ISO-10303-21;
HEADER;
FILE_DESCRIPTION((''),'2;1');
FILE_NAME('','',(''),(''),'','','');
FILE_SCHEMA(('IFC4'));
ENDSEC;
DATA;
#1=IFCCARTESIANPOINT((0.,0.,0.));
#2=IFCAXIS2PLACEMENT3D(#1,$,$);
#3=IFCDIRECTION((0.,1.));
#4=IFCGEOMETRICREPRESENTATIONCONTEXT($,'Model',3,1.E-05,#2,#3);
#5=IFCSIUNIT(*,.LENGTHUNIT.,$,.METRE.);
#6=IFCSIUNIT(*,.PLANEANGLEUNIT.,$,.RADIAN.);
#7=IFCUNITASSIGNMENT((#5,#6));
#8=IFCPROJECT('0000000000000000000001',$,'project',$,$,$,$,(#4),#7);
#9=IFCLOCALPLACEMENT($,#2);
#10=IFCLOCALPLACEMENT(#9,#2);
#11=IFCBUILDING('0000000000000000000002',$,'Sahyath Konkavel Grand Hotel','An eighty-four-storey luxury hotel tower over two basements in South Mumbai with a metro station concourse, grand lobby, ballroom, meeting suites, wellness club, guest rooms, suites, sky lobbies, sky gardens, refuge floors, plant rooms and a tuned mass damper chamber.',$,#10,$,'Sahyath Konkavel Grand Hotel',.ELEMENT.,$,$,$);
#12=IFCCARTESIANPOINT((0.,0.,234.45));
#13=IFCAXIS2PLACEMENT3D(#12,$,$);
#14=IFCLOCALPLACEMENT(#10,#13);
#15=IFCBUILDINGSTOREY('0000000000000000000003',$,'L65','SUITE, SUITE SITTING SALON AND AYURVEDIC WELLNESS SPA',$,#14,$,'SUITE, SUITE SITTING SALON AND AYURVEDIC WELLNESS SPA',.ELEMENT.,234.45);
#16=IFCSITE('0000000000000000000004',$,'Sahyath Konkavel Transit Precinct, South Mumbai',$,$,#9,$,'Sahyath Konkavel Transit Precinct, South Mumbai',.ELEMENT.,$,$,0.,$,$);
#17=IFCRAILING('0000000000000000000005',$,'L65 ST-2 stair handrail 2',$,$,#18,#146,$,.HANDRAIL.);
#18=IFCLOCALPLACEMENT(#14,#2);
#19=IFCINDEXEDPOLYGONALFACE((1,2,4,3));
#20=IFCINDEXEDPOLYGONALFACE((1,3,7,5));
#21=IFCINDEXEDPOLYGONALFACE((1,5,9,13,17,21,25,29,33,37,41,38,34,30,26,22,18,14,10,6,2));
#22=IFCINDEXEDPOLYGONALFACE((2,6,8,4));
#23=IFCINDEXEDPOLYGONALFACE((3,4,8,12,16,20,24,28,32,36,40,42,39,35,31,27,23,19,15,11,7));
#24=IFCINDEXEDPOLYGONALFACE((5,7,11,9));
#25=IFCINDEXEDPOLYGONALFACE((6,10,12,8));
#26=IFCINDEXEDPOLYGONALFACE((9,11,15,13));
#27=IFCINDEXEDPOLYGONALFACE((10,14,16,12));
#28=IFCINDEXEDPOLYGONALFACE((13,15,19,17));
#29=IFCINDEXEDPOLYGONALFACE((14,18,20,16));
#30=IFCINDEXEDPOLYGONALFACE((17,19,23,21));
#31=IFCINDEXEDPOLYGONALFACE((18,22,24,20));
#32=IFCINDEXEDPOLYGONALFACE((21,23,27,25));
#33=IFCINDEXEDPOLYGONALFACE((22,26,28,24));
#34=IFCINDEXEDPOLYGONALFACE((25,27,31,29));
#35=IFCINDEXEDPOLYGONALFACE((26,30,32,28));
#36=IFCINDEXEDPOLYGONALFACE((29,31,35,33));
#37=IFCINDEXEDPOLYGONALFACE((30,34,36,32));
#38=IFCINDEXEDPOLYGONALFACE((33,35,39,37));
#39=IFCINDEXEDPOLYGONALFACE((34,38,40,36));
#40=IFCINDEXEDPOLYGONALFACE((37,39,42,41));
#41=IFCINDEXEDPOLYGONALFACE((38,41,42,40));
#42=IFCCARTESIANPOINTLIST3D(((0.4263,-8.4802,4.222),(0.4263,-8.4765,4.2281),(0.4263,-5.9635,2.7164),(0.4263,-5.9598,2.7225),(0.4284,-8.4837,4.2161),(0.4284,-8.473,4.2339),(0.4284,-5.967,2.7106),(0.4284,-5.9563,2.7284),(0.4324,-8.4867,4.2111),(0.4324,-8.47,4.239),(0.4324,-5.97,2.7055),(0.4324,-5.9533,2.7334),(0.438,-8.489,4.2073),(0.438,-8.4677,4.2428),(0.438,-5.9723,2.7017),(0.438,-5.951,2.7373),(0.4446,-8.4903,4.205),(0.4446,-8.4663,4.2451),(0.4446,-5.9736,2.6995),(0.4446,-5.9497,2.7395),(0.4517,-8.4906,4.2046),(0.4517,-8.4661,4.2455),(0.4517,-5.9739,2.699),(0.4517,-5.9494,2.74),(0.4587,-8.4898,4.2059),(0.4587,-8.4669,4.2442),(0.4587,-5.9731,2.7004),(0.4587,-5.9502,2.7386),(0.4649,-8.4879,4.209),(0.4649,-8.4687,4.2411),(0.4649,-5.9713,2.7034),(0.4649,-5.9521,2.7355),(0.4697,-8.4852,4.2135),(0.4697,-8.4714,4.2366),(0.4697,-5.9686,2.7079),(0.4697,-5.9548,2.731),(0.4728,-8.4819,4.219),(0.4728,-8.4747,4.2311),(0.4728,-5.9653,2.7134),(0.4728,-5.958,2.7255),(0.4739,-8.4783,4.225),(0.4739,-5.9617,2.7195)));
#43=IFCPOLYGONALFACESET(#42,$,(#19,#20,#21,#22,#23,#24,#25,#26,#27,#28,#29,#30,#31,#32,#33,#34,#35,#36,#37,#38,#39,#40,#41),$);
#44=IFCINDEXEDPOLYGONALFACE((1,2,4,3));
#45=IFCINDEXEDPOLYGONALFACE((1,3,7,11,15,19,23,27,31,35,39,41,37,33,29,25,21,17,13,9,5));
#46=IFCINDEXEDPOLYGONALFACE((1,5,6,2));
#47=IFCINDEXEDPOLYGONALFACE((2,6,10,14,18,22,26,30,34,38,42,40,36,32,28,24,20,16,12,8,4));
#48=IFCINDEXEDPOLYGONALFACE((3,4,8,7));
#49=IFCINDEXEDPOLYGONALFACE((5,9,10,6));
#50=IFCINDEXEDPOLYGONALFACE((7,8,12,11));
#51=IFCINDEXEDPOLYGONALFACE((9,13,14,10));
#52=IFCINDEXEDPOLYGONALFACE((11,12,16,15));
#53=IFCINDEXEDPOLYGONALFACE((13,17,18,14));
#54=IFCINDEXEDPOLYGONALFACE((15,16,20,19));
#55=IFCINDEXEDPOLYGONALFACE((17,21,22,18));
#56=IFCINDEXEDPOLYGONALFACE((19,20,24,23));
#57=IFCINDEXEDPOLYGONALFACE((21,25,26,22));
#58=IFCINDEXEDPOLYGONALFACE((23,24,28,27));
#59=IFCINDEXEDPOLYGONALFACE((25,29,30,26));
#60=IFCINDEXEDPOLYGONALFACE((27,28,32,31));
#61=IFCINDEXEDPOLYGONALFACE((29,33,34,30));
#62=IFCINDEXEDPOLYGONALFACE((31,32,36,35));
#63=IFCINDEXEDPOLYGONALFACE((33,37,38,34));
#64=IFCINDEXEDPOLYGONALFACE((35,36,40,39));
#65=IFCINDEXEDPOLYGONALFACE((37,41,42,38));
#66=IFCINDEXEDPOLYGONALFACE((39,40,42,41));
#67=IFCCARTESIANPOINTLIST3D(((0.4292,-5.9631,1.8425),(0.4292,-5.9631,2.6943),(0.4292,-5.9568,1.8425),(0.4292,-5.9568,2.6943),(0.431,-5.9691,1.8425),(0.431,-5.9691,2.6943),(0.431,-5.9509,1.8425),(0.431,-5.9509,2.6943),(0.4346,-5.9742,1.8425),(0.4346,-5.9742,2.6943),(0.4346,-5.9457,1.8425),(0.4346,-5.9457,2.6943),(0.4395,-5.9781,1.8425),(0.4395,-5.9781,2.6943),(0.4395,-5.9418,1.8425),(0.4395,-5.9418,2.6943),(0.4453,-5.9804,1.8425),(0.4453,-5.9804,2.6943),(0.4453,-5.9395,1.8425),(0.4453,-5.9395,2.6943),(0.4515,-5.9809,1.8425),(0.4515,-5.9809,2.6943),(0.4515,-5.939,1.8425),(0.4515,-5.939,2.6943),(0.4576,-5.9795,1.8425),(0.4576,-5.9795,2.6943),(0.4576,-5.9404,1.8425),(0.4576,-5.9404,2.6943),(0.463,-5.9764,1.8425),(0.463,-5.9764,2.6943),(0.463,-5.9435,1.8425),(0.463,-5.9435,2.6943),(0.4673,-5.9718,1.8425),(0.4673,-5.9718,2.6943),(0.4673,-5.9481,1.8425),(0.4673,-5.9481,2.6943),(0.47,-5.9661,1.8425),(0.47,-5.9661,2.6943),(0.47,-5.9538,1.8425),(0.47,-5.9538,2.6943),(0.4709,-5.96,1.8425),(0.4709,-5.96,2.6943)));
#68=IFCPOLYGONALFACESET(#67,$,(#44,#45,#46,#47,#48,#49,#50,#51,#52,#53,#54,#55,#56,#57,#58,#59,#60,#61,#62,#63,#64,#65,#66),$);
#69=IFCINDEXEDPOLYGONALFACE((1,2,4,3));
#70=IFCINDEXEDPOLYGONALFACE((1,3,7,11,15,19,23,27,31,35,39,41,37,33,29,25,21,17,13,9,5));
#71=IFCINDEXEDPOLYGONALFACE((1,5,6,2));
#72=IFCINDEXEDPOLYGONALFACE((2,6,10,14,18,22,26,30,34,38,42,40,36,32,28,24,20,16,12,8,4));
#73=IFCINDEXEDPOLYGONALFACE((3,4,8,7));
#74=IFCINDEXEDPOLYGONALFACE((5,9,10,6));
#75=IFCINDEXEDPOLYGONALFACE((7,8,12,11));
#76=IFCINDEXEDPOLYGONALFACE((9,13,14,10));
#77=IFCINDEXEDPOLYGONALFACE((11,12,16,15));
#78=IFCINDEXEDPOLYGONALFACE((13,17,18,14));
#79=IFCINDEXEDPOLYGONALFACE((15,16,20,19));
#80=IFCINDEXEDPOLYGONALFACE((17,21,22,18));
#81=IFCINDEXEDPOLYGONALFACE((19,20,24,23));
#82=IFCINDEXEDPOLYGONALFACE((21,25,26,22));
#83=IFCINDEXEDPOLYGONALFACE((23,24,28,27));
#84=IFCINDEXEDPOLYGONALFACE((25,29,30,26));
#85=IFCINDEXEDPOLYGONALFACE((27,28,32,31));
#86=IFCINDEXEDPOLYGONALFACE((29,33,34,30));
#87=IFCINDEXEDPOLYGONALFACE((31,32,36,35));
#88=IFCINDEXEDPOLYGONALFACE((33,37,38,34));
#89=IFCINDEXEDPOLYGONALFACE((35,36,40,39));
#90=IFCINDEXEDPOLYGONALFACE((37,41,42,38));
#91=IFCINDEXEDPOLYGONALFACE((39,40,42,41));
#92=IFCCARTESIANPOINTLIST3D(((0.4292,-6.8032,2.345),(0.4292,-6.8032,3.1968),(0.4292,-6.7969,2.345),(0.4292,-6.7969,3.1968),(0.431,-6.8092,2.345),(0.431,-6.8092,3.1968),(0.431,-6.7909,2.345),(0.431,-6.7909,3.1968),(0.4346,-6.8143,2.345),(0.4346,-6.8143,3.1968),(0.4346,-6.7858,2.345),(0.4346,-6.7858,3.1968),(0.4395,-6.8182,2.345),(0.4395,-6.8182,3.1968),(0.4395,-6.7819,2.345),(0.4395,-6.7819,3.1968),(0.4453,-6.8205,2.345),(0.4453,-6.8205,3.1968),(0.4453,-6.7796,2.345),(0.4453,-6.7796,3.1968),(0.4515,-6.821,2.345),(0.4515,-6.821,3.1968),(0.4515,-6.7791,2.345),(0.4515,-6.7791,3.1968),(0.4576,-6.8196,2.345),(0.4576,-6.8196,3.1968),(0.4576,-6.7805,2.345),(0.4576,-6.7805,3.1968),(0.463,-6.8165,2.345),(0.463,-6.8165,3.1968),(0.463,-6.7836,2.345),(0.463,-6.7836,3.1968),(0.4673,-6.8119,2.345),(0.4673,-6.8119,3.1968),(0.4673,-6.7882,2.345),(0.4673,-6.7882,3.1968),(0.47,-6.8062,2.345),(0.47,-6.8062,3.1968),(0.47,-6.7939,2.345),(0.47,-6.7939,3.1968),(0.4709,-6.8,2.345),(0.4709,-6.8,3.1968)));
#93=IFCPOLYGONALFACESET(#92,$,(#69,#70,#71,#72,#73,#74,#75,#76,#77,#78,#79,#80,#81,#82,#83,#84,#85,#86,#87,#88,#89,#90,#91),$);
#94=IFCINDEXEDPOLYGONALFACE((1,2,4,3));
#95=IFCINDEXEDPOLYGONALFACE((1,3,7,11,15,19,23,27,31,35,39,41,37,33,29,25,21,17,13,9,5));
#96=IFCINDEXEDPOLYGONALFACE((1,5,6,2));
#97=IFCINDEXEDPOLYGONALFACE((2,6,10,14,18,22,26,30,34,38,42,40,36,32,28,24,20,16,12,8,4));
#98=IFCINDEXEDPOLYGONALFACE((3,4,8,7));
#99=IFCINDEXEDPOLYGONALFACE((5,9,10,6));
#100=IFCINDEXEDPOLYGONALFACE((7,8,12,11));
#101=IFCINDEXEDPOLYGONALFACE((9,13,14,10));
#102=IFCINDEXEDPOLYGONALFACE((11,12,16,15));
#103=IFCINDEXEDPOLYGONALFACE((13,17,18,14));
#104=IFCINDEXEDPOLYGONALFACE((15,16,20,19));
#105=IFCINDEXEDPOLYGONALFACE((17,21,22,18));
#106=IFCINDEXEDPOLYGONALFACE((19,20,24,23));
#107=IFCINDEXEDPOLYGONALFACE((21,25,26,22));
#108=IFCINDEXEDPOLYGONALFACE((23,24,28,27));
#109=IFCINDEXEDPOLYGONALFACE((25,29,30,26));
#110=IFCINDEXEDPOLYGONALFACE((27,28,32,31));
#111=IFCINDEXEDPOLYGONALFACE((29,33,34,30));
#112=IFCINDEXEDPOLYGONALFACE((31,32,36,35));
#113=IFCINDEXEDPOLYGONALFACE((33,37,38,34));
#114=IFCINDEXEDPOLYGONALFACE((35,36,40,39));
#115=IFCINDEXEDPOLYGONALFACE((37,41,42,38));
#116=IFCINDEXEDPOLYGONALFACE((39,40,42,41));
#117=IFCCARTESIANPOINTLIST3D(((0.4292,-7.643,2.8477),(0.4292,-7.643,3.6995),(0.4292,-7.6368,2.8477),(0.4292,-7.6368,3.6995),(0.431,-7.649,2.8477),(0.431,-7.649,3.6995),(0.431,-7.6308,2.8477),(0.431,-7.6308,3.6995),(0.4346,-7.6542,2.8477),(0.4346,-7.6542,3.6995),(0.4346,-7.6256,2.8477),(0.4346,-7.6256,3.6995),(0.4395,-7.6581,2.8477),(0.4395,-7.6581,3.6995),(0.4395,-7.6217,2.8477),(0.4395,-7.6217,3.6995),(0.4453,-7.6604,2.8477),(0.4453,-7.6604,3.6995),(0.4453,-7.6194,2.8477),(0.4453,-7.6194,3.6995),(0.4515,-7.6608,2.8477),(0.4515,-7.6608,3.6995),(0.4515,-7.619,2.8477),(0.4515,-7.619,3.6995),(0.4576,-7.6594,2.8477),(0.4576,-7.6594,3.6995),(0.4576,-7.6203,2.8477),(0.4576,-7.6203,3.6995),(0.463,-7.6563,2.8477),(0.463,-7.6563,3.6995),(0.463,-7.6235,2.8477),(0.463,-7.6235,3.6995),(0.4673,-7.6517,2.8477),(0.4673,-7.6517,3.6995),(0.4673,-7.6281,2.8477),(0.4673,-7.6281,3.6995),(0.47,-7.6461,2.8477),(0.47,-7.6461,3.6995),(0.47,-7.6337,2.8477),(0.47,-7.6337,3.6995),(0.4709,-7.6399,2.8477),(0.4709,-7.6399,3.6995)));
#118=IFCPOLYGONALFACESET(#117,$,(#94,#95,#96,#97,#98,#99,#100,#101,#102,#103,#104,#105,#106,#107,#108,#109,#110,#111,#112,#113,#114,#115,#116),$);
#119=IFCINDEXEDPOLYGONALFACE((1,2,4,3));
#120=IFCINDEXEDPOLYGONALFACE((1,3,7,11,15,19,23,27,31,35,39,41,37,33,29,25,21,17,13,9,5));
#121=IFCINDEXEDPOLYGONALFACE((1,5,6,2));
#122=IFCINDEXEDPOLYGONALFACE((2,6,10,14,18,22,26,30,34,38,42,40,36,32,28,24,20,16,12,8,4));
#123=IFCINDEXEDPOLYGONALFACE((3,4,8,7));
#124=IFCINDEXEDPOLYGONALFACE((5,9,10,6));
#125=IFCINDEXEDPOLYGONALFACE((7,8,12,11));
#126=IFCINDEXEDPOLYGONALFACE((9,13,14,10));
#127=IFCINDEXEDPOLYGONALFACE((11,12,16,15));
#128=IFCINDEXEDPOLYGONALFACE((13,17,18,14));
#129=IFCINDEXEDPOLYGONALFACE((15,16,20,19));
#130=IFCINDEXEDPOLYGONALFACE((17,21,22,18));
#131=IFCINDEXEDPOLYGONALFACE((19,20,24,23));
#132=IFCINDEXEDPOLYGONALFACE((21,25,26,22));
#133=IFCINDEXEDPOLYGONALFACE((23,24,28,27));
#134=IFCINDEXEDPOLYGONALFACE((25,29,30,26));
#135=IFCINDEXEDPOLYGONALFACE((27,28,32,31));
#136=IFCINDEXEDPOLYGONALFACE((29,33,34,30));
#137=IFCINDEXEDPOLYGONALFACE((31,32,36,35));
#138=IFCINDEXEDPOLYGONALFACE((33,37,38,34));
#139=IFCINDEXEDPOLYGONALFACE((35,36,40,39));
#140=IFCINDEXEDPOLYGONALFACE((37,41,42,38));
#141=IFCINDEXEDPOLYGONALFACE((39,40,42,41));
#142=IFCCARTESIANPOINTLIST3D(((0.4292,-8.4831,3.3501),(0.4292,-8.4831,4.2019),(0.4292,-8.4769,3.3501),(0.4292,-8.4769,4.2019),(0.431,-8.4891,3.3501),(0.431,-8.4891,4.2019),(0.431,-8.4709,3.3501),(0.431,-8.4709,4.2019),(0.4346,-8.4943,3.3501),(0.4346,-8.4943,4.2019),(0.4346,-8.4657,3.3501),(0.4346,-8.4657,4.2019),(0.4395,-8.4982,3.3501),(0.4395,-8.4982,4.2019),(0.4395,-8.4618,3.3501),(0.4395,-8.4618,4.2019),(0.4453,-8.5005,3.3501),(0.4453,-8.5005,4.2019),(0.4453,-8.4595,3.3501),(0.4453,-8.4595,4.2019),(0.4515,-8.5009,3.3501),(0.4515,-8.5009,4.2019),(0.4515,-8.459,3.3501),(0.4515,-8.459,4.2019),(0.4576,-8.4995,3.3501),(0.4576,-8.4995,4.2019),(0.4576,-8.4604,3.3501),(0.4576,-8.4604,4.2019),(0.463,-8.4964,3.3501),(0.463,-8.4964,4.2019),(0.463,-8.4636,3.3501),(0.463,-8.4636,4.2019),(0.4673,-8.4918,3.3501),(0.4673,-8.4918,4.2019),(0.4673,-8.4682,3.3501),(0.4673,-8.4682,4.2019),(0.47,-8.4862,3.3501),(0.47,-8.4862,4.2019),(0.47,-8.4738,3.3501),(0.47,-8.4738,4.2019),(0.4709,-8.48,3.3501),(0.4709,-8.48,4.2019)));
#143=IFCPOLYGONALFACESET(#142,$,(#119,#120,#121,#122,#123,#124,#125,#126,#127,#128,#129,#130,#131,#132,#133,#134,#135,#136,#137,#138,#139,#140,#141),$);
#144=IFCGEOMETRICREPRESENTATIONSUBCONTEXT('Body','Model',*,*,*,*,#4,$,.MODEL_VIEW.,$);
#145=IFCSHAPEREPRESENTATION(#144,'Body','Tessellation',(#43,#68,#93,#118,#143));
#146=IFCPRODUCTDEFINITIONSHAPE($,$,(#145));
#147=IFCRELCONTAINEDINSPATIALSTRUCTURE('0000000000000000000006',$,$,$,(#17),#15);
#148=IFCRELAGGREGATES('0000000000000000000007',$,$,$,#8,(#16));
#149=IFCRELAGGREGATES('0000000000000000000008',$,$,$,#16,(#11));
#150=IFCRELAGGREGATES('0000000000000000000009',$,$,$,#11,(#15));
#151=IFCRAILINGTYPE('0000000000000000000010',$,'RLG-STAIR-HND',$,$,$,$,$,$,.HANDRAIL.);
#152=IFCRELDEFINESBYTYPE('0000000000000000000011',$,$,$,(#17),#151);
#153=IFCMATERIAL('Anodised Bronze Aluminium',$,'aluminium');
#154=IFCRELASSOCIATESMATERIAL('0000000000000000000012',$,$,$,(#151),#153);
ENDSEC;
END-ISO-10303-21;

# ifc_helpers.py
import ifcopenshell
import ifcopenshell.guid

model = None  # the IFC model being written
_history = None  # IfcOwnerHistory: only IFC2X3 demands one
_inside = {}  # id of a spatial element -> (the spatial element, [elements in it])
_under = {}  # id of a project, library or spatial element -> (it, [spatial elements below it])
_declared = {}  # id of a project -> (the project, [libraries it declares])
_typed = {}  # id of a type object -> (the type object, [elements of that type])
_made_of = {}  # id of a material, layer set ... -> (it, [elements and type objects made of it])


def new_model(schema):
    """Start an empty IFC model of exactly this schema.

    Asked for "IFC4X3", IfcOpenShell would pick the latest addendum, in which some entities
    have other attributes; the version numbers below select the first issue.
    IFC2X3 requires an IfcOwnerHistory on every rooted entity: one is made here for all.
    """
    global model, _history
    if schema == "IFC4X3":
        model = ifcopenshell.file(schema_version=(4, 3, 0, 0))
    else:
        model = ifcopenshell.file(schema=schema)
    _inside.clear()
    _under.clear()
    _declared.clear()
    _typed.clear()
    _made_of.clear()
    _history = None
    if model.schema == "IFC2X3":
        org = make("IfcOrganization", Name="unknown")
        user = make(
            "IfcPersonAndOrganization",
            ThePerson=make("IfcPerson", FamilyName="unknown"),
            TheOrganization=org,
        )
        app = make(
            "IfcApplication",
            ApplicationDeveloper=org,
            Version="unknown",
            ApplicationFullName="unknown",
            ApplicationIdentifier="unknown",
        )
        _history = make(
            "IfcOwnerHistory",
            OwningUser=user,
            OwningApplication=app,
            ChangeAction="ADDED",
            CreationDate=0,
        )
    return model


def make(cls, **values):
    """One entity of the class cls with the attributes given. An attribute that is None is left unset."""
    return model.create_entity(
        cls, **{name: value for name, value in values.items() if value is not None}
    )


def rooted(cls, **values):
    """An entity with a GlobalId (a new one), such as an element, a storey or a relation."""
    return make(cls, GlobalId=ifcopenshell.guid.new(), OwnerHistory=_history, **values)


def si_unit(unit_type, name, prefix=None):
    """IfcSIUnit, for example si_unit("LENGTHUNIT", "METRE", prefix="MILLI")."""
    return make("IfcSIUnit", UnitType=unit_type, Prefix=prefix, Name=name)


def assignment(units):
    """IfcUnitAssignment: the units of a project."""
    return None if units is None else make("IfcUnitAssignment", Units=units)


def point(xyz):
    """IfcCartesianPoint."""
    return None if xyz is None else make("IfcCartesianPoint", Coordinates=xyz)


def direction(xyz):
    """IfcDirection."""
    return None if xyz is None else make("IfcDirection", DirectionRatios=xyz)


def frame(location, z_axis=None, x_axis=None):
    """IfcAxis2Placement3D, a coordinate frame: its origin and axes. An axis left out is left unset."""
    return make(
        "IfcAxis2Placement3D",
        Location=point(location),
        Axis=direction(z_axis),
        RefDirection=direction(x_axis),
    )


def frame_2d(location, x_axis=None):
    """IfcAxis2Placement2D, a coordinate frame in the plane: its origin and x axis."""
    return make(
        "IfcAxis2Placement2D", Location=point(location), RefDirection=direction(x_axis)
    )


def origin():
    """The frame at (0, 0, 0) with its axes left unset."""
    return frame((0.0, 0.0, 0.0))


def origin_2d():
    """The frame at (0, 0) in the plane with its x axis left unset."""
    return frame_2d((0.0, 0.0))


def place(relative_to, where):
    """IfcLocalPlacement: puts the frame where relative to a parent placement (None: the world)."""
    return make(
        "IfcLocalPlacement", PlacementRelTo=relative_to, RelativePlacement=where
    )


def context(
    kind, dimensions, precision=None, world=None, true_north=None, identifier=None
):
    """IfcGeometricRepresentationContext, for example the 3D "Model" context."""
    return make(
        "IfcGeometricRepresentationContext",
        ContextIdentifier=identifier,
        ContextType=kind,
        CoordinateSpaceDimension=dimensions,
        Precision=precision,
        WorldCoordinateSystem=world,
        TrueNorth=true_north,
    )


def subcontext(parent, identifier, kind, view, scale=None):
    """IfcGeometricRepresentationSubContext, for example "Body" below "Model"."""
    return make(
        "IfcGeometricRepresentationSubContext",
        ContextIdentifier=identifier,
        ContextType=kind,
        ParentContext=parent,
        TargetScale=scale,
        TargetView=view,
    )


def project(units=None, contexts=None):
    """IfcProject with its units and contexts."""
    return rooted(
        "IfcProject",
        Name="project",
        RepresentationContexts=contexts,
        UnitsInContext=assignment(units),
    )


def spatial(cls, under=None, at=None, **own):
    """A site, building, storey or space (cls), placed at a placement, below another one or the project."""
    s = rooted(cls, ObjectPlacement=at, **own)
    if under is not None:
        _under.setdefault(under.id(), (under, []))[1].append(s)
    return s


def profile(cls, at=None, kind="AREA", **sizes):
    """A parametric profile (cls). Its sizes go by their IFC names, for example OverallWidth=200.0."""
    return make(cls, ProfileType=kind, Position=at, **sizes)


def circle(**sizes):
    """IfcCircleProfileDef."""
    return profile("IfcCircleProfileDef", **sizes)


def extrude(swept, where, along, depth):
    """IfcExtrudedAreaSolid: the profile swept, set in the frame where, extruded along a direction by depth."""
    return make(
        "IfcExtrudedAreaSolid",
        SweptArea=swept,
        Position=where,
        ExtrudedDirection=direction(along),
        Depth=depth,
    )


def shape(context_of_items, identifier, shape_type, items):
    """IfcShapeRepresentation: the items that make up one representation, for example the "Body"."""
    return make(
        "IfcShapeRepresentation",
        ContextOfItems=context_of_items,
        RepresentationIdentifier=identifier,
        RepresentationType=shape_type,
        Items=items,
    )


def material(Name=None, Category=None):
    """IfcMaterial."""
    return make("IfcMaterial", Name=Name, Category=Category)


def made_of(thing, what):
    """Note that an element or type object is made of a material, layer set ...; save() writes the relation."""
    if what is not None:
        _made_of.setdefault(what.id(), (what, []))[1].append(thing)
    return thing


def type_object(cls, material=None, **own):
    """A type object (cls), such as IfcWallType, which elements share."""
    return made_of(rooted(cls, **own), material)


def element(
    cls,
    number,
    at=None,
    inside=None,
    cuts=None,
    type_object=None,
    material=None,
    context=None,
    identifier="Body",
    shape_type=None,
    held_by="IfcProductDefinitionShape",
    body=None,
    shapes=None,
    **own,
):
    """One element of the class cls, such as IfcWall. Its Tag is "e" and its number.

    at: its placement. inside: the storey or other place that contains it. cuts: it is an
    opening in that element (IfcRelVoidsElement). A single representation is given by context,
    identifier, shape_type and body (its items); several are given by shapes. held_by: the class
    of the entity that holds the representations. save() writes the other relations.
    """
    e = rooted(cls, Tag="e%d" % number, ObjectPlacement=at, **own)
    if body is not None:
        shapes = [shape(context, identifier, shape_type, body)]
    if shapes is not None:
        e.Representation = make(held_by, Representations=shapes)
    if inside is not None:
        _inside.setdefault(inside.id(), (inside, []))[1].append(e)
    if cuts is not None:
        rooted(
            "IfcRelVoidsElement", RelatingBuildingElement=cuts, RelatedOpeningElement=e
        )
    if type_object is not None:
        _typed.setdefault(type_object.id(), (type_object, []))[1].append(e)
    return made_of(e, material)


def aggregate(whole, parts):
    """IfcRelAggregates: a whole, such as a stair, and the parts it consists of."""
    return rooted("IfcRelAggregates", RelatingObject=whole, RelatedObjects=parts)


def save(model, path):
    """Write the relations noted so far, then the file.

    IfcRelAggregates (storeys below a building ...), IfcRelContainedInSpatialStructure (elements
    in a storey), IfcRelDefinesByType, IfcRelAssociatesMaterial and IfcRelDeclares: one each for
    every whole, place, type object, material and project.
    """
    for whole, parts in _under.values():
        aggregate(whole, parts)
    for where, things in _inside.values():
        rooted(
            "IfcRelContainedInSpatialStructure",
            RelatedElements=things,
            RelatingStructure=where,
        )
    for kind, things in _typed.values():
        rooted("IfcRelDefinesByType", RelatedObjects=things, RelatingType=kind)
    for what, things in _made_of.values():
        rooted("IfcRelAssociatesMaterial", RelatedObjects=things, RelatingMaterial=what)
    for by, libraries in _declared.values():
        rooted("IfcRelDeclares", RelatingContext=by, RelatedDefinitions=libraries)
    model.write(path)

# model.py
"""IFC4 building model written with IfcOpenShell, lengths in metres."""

from ifc_helpers import new_model, si_unit, direction, frame, origin, origin_2d, place, context, subcontext, project, spatial, circle, extrude, material, type_object, element, save


model = new_model("IFC4")

# Units and contexts
model_context = context("Model", 3, precision=1e-05, world=origin(), true_north=direction((0.0, 1.0)))
body_context = subcontext(model_context, "Body", "Model", "MODEL_VIEW")
ifc_project = project(units=[si_unit("LENGTHUNIT", "METRE"), si_unit("PLANEANGLEUNIT", "RADIAN")], contexts=[model_context])

# Site, building, storey
site_placement = place(None, origin())
site = spatial("IfcSite", under=ifc_project, at=site_placement, Name="Sahyath Konkavel Transit Precinct, South Mumbai", LongName="Sahyath Konkavel Transit Precinct, South Mumbai", CompositionType="ELEMENT", RefElevation=0.0)
building_placement = place(site_placement, origin())
building = spatial("IfcBuilding", under=site, at=building_placement, Name="Sahyath Konkavel Grand Hotel", Description="An eighty-four-storey luxury hotel tower over two basements in South Mumbai with a metro station concourse, grand lobby, ballroom, meeting suites, wellness club, guest rooms, suites, sky lobbies, sky gardens, refuge floors, plant rooms and a tuned mass damper chamber.", LongName="Sahyath Konkavel Grand Hotel", CompositionType="ELEMENT")
storey_placement = place(building_placement, frame((0.0, 0.0, 234.45)))
storey = spatial("IfcBuildingStorey", under=building, at=storey_placement, Name="L65", Description="SUITE, SUITE SITTING SALON AND AYURVEDIC WELLNESS SPA", LongName="SUITE, SUITE SITTING SALON AND AYURVEDIC WELLNESS SPA", CompositionType="ELEMENT", Elevation=234.45)

# Shared definitions
ifc_material_1 = material(Name="Anodised Bronze Aluminium", Category="aluminium")

# Railing
railing_type_1 = type_object("IfcRailingType", Name="RLG-STAIR-HND", PredefinedType="HANDRAIL", material=ifc_material_1)
railing_1_placement = place(storey_placement, frame((0.45, -5.96, 1.8425)))
element("IfcRailing", 1, at=railing_1_placement, inside=storey, type_object=railing_type_1, Name="L65 ST-2 stair handrail 2", PredefinedType="HANDRAIL", context=body_context, shape_type="SweptSolid", body=[
    extrude(circle(Radius=0.0239, at=origin_2d()), frame((0.0, -0.0017, 0.877), z_axis=(0.0, -0.85816, 0.513383), x_axis=(1.0, 0.0, 0.0)), (0.0, 0.0, 1.0), 2.9326),
    extrude(circle(Radius=0.021, at=origin_2d()), origin(), (0.0, 0.0, 1.0), 0.8518),
    extrude(circle(Radius=0.021, at=origin_2d()), frame((0.0, -0.8401, 0.5024)), (0.0, 0.0, 1.0), 0.8518),
    extrude(circle(Radius=0.021, at=origin_2d()), frame((0.0, -1.6799, 1.0051)), (0.0, 0.0, 1.0), 0.8518),
    extrude(circle(Radius=0.021, at=origin_2d()), frame((0.0, -2.52, 1.5076)), (0.0, 0.0, 1.0), 0.8518),
])

save(model, "model.ifc")
